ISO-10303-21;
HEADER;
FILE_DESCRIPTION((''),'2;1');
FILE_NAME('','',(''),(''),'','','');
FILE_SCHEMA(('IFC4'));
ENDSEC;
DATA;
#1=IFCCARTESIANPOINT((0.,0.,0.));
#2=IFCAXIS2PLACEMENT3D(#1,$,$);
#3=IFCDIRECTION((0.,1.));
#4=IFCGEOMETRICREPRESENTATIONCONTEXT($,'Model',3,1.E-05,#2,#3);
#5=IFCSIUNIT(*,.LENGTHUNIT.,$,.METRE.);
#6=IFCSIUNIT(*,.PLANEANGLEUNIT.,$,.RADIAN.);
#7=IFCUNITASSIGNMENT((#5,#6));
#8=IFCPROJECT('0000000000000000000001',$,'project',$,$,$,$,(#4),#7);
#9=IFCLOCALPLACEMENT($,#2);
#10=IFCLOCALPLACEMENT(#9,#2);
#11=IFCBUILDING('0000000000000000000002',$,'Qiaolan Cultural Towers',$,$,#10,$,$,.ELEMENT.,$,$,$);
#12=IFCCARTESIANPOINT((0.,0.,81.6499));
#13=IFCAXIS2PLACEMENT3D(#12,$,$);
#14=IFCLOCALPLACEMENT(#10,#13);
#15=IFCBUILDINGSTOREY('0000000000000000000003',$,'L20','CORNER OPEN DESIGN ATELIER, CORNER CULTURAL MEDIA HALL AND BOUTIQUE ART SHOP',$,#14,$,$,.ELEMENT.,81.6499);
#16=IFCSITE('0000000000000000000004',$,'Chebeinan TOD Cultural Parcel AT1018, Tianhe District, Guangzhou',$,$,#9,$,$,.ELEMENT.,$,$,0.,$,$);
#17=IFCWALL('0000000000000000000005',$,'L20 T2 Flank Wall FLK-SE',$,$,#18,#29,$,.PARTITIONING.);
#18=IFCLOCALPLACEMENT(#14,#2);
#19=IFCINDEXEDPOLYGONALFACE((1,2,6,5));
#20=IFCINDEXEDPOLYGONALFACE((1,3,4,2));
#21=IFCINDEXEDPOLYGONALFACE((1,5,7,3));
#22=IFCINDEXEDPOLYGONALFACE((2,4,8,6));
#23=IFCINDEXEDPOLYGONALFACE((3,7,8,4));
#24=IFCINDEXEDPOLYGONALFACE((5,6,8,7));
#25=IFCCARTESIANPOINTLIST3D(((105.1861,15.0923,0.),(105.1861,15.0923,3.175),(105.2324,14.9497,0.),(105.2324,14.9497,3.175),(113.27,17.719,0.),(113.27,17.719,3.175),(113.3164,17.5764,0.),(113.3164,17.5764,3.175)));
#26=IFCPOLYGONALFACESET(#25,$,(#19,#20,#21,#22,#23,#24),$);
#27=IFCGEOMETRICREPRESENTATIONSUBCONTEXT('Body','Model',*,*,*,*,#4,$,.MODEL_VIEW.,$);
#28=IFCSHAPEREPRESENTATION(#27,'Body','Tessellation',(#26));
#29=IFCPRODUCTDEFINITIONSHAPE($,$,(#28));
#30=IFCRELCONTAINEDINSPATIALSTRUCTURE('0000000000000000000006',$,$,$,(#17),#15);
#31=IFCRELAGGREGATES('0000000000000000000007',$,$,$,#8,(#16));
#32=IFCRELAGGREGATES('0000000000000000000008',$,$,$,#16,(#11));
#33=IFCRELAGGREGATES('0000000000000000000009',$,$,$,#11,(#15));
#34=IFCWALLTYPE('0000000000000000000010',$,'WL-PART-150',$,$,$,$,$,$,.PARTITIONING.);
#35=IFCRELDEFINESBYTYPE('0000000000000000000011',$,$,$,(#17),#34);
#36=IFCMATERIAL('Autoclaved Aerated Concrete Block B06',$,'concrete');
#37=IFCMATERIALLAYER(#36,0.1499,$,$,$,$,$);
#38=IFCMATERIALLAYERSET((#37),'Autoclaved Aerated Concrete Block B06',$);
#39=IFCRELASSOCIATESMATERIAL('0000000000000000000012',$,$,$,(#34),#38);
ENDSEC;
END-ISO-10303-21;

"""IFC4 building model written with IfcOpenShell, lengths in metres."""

from ifc_helpers import new_model, si_unit, direction, frame, frame_2d, origin, place, context, subcontext, project, spatial, rectangle, extrude, material, layer, layer_set, type_object, element, save


model = new_model("IFC4")

# Units and contexts
model_context = context("Model", 3, precision=1e-05, world=origin(), true_north=direction((0.0, 1.0)))
body_context = subcontext(model_context, "Body", "Model", "MODEL_VIEW")
ifc_project = project(units=[si_unit("LENGTHUNIT", "METRE"), si_unit("PLANEANGLEUNIT", "RADIAN")], contexts=[model_context])

# Site, building, storey
site_placement = place(None, origin())
site = spatial("IfcSite", under=ifc_project, at=site_placement, Name="Chebeinan TOD Cultural Parcel AT1018, Tianhe District, Guangzhou", CompositionType="ELEMENT", RefElevation=0.0)
building_placement = place(site_placement, origin())
building = spatial("IfcBuilding", under=site, at=building_placement, Name="Qiaolan Cultural Towers", CompositionType="ELEMENT")
storey_placement = place(building_placement, frame((0.0, 0.0, 81.6499)))
storey = spatial("IfcBuildingStorey", under=building, at=storey_placement, Name="L20", Description="CORNER OPEN DESIGN ATELIER, CORNER CULTURAL MEDIA HALL AND BOUTIQUE ART SHOP", CompositionType="ELEMENT", Elevation=81.6499)

# Shared definitions
ifc_material_1 = material(Name="Autoclaved Aerated Concrete Block B06", Category="concrete")
ifc_layer_1 = layer(ifc_material_1, 0.1499)
ifc_layer_set_1 = layer_set([ifc_layer_1], Name="Autoclaved Aerated Concrete Block B06")
wall_type_1 = type_object("IfcWallType", Name="WL-PART-150", PredefinedType="PARTITIONING", material=ifc_layer_set_1)

# Wall
wall_1_placement = place(storey_placement, frame((105.2092, 15.021, 0.0), z_axis=(0.0, 0.0, 1.0), x_axis=(0.951054, 0.309024, 0.0)))
element("IfcWall", 1, at=wall_1_placement, inside=storey, type_object=wall_type_1, Name="L20 T2 Flank Wall FLK-SE", PredefinedType="PARTITIONING", context=body_context, shape_type="SweptSolid", body=[
    extrude(rectangle(XDim=8.5, YDim=0.1499, at=frame_2d((4.25, 0.0))), origin(), (0.0, 0.0, 1.0), 3.175),
])

save(model, "model.ifc")
